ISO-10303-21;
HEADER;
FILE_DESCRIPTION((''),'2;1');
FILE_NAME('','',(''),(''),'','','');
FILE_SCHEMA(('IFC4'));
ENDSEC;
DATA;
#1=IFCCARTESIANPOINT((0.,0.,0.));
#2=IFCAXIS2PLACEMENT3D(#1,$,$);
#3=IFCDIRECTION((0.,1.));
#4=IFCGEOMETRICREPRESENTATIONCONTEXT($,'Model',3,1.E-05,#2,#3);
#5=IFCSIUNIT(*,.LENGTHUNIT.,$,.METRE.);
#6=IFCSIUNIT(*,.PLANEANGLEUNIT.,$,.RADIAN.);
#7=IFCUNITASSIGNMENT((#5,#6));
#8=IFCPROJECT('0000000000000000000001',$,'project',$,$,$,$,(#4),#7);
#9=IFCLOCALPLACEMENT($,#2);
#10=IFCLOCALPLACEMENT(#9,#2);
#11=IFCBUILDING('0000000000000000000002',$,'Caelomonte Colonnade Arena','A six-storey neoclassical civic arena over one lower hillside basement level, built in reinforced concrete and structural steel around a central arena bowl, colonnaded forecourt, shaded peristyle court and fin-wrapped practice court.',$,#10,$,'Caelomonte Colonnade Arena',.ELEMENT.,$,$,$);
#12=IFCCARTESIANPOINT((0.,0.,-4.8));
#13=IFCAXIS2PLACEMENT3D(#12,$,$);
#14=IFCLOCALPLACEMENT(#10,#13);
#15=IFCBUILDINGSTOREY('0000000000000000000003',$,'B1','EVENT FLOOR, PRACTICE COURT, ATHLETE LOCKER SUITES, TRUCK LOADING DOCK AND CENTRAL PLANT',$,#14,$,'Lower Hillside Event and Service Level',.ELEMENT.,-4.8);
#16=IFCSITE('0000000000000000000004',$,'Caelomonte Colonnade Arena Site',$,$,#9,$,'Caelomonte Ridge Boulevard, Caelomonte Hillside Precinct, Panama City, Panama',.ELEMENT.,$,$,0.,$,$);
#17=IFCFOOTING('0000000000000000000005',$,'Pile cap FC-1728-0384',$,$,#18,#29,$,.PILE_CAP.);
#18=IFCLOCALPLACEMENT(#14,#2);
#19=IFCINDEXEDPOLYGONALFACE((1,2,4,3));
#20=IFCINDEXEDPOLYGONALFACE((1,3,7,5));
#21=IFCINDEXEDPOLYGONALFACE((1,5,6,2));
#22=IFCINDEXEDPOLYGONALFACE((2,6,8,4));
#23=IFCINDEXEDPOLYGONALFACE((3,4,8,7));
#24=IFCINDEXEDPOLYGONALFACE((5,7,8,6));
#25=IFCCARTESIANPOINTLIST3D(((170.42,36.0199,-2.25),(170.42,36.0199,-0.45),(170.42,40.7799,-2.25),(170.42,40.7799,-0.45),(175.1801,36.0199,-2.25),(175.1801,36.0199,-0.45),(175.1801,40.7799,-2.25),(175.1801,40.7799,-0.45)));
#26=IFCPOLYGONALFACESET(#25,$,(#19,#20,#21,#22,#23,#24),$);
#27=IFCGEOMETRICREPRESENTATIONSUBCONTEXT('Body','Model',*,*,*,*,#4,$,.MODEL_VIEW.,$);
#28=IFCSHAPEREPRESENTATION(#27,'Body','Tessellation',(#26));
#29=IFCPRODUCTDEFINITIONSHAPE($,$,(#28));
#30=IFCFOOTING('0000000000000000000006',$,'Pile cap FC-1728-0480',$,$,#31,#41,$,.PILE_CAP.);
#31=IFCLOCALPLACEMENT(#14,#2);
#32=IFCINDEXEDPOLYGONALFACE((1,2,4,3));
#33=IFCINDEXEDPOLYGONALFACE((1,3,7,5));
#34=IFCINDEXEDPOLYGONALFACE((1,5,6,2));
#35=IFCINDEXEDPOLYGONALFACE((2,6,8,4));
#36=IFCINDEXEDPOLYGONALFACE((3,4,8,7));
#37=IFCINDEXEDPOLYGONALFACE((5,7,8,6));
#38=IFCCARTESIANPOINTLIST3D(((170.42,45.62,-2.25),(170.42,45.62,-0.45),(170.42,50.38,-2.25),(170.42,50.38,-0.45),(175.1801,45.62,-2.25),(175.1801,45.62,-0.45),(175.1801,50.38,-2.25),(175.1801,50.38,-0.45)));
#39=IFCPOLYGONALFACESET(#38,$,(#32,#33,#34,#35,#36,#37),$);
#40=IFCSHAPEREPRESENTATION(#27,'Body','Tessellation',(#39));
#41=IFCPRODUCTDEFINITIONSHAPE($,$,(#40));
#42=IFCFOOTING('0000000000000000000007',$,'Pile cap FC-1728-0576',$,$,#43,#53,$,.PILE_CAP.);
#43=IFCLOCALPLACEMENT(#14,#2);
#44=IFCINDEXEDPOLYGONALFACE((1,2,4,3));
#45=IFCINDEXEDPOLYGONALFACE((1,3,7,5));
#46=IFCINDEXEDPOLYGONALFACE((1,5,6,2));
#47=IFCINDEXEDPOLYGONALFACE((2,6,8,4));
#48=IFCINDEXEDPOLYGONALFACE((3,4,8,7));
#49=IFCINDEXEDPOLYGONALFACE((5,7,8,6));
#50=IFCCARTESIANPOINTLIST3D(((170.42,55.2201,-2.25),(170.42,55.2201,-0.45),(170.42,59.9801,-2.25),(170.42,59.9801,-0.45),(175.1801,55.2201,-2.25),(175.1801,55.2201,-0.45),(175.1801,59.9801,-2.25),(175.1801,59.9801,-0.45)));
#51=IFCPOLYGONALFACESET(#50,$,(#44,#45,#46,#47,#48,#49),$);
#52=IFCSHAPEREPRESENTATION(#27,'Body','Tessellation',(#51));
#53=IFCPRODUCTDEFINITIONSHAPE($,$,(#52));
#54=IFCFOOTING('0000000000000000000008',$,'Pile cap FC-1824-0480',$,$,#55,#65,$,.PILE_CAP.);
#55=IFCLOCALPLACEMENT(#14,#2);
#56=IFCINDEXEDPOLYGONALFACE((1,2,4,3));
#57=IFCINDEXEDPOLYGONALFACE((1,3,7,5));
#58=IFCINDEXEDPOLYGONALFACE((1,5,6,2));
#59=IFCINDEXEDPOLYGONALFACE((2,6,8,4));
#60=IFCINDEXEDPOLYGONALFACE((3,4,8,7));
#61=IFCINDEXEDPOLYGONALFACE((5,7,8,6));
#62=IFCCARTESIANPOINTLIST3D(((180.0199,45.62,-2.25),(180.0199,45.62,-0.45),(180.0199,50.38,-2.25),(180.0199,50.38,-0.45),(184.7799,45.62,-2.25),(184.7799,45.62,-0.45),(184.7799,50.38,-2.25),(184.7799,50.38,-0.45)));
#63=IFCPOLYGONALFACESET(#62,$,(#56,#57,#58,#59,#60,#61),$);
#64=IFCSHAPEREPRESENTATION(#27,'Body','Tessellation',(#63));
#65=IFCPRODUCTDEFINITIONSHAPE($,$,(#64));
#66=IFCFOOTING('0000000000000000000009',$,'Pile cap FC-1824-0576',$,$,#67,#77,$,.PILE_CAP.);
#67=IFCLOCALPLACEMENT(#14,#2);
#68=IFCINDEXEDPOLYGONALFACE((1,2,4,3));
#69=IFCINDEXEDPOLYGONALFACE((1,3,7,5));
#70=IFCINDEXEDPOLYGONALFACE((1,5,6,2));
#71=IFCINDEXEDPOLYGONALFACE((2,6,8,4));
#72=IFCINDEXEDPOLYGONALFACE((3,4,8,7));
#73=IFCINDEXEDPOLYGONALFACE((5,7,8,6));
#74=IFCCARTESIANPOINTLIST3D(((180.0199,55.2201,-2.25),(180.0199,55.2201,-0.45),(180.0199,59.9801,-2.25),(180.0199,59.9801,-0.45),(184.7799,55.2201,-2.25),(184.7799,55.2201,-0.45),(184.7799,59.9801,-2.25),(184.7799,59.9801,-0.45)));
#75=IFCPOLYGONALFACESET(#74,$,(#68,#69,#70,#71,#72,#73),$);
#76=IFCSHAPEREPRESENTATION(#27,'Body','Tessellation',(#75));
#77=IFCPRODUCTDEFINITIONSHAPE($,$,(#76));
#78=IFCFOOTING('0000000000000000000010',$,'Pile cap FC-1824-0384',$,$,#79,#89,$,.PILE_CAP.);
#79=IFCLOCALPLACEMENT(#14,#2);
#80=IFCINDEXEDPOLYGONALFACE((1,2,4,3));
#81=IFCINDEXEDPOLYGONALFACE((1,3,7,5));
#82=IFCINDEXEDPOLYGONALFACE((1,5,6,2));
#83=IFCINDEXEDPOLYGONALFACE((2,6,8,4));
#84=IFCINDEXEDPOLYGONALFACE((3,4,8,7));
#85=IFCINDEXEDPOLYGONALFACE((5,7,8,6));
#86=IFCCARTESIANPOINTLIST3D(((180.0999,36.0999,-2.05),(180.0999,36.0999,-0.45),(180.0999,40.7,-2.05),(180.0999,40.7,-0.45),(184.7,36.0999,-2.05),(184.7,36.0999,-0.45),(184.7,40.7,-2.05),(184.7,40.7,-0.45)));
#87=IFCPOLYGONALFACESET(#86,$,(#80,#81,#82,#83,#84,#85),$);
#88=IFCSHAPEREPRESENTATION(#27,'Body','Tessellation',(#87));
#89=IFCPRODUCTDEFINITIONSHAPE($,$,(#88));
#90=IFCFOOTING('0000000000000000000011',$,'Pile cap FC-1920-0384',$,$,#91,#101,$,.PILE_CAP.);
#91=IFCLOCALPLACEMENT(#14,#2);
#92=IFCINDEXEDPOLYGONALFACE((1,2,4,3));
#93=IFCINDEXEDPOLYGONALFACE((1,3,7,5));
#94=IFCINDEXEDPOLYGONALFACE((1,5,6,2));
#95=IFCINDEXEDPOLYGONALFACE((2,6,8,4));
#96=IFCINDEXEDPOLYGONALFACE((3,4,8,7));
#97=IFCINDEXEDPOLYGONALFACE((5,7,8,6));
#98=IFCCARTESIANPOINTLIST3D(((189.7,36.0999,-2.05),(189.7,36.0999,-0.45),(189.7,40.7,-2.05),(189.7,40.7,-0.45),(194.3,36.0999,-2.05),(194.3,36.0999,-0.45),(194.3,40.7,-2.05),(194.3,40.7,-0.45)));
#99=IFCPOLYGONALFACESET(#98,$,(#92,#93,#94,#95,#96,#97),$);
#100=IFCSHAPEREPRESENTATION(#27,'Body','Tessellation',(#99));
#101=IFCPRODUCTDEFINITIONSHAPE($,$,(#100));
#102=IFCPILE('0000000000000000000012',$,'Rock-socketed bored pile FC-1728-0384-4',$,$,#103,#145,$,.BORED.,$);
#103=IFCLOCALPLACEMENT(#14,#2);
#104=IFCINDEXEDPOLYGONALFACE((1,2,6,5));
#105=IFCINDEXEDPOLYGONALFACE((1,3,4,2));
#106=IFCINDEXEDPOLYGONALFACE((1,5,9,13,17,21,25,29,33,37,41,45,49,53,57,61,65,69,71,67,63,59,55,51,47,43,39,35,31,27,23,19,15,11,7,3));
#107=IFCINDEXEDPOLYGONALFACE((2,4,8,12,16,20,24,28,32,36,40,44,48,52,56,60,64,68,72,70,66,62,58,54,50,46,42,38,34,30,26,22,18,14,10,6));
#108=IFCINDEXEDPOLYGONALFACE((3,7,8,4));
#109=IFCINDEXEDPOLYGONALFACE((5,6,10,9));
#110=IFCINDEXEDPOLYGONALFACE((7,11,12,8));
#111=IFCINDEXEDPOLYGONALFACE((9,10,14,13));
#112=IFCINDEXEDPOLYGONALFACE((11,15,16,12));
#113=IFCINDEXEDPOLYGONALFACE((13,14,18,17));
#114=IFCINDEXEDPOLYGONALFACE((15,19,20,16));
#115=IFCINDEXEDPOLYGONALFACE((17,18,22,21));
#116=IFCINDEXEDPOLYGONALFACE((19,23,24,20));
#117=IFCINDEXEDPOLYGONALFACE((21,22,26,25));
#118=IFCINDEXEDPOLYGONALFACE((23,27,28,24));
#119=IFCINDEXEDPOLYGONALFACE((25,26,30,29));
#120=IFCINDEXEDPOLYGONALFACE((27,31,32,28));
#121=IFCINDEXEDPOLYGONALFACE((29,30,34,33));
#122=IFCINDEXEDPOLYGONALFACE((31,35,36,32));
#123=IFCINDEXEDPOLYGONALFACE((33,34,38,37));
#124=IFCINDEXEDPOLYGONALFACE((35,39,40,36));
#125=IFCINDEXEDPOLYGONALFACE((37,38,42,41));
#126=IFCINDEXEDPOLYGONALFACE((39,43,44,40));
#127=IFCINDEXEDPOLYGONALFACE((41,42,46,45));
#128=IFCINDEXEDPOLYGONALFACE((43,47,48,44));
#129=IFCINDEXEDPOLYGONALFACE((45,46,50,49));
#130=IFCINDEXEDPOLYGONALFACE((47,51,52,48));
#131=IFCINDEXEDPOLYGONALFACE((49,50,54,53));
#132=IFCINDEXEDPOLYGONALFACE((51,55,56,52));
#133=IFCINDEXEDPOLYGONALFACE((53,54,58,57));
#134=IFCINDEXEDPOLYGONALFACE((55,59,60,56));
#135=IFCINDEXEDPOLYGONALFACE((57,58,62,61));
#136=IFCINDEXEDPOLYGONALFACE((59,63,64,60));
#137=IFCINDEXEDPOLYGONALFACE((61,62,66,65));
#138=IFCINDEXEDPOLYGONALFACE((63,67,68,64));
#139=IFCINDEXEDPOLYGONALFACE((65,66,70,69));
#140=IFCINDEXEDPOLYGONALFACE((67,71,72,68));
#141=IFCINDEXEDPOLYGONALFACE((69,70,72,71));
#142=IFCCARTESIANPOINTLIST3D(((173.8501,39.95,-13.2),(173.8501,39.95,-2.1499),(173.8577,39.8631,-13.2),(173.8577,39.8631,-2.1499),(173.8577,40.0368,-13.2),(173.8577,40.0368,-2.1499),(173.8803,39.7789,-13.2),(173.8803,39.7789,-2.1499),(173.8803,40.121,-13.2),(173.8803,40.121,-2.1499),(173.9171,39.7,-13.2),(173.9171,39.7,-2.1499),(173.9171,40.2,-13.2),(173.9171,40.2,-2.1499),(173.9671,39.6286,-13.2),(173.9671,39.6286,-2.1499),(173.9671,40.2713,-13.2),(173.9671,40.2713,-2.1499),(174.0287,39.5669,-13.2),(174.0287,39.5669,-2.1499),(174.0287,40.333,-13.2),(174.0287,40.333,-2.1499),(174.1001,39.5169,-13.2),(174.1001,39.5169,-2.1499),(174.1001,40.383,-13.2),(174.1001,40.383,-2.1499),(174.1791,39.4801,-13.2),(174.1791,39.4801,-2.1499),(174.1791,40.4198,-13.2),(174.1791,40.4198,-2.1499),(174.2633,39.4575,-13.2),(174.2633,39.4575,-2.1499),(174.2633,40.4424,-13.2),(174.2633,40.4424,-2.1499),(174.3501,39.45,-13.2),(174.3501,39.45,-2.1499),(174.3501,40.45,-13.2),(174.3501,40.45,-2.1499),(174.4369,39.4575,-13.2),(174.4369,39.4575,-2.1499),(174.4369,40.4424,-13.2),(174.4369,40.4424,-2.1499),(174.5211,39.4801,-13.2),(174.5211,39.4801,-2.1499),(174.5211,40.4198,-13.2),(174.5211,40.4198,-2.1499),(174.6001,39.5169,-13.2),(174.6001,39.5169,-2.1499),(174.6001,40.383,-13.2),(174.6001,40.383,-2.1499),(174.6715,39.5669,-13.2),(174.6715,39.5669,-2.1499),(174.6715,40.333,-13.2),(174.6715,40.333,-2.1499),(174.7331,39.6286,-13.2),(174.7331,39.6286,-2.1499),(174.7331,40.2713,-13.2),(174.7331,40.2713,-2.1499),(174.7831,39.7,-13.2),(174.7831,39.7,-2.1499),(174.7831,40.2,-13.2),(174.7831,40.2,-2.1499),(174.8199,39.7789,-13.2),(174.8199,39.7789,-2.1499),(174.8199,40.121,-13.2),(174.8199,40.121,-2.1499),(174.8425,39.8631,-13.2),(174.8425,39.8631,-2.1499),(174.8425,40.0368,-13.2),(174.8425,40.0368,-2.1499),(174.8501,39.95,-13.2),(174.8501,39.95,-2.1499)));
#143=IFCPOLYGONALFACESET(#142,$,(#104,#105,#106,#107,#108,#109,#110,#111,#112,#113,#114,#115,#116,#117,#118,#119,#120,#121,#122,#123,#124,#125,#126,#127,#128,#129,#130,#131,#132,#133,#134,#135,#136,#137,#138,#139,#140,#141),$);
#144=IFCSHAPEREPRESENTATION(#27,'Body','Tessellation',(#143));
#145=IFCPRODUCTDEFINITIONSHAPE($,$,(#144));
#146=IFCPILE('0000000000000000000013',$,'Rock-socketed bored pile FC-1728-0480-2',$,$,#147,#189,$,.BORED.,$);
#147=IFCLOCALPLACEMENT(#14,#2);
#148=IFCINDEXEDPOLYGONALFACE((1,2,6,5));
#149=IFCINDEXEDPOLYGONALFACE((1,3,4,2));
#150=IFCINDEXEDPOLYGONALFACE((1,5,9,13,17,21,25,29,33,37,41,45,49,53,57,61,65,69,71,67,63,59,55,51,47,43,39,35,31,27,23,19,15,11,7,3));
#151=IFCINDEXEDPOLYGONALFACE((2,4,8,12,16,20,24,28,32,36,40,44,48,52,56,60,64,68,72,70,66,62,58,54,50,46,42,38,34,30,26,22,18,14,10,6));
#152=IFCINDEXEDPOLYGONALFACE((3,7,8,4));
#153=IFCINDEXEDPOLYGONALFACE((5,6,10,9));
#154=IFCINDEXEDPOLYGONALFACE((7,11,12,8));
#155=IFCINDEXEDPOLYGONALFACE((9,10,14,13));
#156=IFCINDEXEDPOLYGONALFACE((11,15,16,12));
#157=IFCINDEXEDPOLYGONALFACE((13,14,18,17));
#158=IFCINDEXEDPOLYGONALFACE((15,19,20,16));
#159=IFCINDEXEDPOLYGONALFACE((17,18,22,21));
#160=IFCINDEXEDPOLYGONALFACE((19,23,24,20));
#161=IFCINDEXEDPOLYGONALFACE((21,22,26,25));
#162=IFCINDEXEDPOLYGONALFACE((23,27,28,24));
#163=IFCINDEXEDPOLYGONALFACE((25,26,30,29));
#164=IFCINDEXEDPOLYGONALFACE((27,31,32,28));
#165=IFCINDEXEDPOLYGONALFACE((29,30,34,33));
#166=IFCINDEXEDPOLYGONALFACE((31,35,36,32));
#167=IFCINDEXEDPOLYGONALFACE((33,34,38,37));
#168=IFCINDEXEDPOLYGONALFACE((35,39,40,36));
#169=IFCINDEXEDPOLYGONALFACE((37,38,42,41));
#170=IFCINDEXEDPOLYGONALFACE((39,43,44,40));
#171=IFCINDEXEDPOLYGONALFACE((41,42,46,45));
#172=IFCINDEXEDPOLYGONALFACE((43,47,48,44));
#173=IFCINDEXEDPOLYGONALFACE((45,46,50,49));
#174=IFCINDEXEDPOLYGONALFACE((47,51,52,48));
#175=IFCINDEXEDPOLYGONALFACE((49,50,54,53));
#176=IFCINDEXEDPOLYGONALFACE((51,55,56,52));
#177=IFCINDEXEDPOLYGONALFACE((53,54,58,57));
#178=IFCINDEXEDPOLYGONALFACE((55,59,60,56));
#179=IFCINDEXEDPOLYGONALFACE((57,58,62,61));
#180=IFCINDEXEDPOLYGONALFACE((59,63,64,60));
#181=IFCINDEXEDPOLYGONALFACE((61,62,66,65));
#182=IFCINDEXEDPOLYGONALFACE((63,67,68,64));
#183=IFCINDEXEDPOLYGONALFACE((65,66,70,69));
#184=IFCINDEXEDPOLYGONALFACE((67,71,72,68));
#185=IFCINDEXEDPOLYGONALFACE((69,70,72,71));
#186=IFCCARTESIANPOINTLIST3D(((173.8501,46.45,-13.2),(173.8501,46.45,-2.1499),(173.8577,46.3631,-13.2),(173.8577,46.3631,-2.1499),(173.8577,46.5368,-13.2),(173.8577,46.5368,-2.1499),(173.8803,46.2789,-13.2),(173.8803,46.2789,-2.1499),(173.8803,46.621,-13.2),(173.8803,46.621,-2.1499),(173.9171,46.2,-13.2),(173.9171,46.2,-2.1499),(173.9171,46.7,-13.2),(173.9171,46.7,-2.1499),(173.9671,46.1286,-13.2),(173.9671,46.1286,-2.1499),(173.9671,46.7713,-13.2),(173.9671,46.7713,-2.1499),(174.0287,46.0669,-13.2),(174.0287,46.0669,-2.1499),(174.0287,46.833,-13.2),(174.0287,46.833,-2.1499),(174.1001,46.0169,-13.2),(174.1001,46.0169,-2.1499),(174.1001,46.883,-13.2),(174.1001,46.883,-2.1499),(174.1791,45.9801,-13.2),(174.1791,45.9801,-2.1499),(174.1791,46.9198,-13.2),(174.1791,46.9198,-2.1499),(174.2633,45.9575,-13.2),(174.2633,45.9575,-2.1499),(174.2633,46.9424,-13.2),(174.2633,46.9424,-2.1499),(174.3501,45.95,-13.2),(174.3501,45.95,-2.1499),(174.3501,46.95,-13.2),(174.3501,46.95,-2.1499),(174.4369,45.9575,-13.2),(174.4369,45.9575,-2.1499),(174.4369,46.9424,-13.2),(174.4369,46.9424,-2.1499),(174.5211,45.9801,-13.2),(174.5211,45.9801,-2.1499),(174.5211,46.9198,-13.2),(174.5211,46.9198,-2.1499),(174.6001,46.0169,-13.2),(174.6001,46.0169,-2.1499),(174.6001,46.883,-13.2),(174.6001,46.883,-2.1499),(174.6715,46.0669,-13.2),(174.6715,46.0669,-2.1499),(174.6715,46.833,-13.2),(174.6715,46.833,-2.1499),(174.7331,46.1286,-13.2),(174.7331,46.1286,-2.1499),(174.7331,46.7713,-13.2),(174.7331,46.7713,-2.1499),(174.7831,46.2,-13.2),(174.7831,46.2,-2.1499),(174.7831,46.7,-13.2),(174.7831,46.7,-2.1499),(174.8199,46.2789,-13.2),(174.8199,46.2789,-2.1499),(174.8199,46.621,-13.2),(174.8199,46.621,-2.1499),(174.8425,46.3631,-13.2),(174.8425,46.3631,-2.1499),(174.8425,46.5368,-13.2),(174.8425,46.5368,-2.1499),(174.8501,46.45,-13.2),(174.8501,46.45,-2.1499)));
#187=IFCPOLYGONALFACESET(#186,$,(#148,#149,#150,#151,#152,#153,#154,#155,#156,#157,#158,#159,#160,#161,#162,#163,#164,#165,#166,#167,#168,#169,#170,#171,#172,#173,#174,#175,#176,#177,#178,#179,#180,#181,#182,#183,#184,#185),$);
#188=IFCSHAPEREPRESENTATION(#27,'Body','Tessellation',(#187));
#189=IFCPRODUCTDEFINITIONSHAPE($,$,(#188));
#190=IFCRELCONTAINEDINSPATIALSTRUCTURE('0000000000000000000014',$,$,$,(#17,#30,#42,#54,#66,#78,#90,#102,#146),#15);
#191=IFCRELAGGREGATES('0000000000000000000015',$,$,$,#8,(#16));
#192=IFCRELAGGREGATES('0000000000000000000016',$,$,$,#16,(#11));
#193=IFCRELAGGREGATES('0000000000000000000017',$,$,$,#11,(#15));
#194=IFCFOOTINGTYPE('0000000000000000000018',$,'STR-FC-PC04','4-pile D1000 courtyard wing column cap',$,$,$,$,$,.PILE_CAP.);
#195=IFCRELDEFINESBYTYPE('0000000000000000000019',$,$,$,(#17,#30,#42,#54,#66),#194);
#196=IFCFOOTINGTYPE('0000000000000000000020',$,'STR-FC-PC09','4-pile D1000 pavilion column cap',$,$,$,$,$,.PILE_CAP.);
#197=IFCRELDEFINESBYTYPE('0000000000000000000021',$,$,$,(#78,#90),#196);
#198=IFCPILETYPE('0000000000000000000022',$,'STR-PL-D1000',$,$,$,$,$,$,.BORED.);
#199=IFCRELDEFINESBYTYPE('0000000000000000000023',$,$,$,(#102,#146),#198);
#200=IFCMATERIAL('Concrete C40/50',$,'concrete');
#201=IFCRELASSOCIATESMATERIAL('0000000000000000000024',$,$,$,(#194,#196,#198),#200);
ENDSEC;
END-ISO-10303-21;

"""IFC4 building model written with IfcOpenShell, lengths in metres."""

from ifc_helpers import new_model, si_unit, direction, frame, origin, origin_2d, place, context, subcontext, project, spatial, rectangle, circle, extrude, material, material_profile, profile_set, type_object, element, save


model = new_model("IFC4")

# Units and contexts
model_context = context("Model", 3, precision=1e-05, world=origin(), true_north=direction((0.0, 1.0)))
body_context = subcontext(model_context, "Body", "Model", "MODEL_VIEW")
ifc_project = project(units=[si_unit("LENGTHUNIT", "METRE"), si_unit("PLANEANGLEUNIT", "RADIAN")], contexts=[model_context])

# Site, building, storey
site_placement = place(None, origin())
site = spatial("IfcSite", under=ifc_project, at=site_placement, Name="Caelomonte Colonnade Arena Site", LongName="Caelomonte Ridge Boulevard, Caelomonte Hillside Precinct, Panama City, Panama", CompositionType="ELEMENT", RefElevation=0.0)
building_placement = place(site_placement, origin())
building = spatial("IfcBuilding", under=site, at=building_placement, Name="Caelomonte Colonnade Arena", Description="A six-storey neoclassical civic arena over one lower hillside basement level, built in reinforced concrete and structural steel around a central arena bowl, colonnaded forecourt, shaded peristyle court and fin-wrapped practice court.", LongName="Caelomonte Colonnade Arena", CompositionType="ELEMENT")
storey_placement = place(building_placement, frame((0.0, 0.0, -4.8)))
storey = spatial("IfcBuildingStorey", under=building, at=storey_placement, Name="B1", Description="EVENT FLOOR, PRACTICE COURT, ATHLETE LOCKER SUITES, TRUCK LOADING DOCK AND CENTRAL PLANT", LongName="Lower Hillside Event and Service Level", CompositionType="ELEMENT", Elevation=-4.8)

# Footings
ifc_material_1 = material(Name="Concrete C40/50", Category="concrete")
footing_type_1 = type_object("IfcFootingType", Name="STR-FC-PC04", Description="4-pile D1000 courtyard wing column cap", PredefinedType="PILE_CAP", material=ifc_material_1)
for number, where, z_axis, x_axis, name in (
    (1, (172.8, 38.3999, -2.25), (0.0, 0.0, 1.0), (1.0, 0.0, 0.0), "Pile cap FC-1728-0384"),
    (2, (172.8, 48.0, -2.25), (0.0, 0.0, 1.0), (1.0, 0.0, 0.0), "Pile cap FC-1728-0480"),
    (3, (172.8, 57.6001, -2.25), (0.0, 0.0, 1.0), (1.0, 0.0, 0.0), "Pile cap FC-1728-0576"),
    (4, (182.3999, 48.0, -2.25), (0.0, 0.0, 1.0), (1.0, 0.0, 0.0), "Pile cap FC-1824-0480"),
    (5, (182.3999, 57.6001, -2.25), (0.0, 0.0, 1.0), (1.0, 0.0, 0.0), "Pile cap FC-1824-0576"),
):
    element("IfcFooting", number, at=place(storey_placement, frame(where, z_axis=z_axis, x_axis=x_axis)), inside=storey, type_object=footing_type_1, Name=name, PredefinedType="PILE_CAP", context=body_context, shape_type="SweptSolid", body=[
        extrude(rectangle(XDim=4.76, YDim=4.76, at=origin_2d()), origin(), (0.0, 0.0, 1.0), 1.8),
    ])
footing_type_2 = type_object("IfcFootingType", Name="STR-FC-PC09", Description="4-pile D1000 pavilion column cap", PredefinedType="PILE_CAP", material=ifc_material_1)
for number, where, z_axis, x_axis, name in (
    (6, (182.3999, 38.3999, -2.05), (0.0, 0.0, 1.0), (1.0, 0.0, 0.0), "Pile cap FC-1824-0384"),
    (7, (192.0, 38.3999, -2.05), (0.0, 0.0, 1.0), (1.0, 0.0, 0.0), "Pile cap FC-1920-0384"),
):
    element("IfcFooting", number, at=place(storey_placement, frame(where, z_axis=z_axis, x_axis=x_axis)), inside=storey, type_object=footing_type_2, Name=name, PredefinedType="PILE_CAP", context=body_context, shape_type="SweptSolid", body=[
        extrude(rectangle(XDim=4.6001, YDim=4.6001, at=origin_2d()), origin(), (0.0, 0.0, 1.0), 1.6001),
    ])

# Piles
ifc_material_profile_1 = material_profile(ifc_material_1, circle(Radius=0.5, at=origin_2d()), Name="PILE-D1000")
ifc_profile_set_1 = profile_set([ifc_material_profile_1], Name="Concrete C40/50")
pile_type = type_object("IfcPileType", Name="STR-PL-D1000", PredefinedType="BORED", material=ifc_profile_set_1)
for number, where, z_axis, x_axis, name in (
    (8, (174.3501, 39.95, -2.1499), (0.0, 0.0, -1.0), (1.0, 0.0, 0.0), "Rock-socketed bored pile FC-1728-0384-4"),
    (9, (174.3501, 46.45, -2.1499), (0.0, 0.0, -1.0), (1.0, 0.0, 0.0), "Rock-socketed bored pile FC-1728-0480-2"),
):
    element("IfcPile", number, at=place(storey_placement, frame(where, z_axis=z_axis, x_axis=x_axis)), inside=storey, type_object=pile_type, Name=name, PredefinedType="BORED", context=body_context, shape_type="SweptSolid", body=[
        extrude(circle(Radius=0.5, at=origin_2d()), origin(), (0.0, 0.0, 1.0), 11.05),
    ])

save(model, "model.ifc")
